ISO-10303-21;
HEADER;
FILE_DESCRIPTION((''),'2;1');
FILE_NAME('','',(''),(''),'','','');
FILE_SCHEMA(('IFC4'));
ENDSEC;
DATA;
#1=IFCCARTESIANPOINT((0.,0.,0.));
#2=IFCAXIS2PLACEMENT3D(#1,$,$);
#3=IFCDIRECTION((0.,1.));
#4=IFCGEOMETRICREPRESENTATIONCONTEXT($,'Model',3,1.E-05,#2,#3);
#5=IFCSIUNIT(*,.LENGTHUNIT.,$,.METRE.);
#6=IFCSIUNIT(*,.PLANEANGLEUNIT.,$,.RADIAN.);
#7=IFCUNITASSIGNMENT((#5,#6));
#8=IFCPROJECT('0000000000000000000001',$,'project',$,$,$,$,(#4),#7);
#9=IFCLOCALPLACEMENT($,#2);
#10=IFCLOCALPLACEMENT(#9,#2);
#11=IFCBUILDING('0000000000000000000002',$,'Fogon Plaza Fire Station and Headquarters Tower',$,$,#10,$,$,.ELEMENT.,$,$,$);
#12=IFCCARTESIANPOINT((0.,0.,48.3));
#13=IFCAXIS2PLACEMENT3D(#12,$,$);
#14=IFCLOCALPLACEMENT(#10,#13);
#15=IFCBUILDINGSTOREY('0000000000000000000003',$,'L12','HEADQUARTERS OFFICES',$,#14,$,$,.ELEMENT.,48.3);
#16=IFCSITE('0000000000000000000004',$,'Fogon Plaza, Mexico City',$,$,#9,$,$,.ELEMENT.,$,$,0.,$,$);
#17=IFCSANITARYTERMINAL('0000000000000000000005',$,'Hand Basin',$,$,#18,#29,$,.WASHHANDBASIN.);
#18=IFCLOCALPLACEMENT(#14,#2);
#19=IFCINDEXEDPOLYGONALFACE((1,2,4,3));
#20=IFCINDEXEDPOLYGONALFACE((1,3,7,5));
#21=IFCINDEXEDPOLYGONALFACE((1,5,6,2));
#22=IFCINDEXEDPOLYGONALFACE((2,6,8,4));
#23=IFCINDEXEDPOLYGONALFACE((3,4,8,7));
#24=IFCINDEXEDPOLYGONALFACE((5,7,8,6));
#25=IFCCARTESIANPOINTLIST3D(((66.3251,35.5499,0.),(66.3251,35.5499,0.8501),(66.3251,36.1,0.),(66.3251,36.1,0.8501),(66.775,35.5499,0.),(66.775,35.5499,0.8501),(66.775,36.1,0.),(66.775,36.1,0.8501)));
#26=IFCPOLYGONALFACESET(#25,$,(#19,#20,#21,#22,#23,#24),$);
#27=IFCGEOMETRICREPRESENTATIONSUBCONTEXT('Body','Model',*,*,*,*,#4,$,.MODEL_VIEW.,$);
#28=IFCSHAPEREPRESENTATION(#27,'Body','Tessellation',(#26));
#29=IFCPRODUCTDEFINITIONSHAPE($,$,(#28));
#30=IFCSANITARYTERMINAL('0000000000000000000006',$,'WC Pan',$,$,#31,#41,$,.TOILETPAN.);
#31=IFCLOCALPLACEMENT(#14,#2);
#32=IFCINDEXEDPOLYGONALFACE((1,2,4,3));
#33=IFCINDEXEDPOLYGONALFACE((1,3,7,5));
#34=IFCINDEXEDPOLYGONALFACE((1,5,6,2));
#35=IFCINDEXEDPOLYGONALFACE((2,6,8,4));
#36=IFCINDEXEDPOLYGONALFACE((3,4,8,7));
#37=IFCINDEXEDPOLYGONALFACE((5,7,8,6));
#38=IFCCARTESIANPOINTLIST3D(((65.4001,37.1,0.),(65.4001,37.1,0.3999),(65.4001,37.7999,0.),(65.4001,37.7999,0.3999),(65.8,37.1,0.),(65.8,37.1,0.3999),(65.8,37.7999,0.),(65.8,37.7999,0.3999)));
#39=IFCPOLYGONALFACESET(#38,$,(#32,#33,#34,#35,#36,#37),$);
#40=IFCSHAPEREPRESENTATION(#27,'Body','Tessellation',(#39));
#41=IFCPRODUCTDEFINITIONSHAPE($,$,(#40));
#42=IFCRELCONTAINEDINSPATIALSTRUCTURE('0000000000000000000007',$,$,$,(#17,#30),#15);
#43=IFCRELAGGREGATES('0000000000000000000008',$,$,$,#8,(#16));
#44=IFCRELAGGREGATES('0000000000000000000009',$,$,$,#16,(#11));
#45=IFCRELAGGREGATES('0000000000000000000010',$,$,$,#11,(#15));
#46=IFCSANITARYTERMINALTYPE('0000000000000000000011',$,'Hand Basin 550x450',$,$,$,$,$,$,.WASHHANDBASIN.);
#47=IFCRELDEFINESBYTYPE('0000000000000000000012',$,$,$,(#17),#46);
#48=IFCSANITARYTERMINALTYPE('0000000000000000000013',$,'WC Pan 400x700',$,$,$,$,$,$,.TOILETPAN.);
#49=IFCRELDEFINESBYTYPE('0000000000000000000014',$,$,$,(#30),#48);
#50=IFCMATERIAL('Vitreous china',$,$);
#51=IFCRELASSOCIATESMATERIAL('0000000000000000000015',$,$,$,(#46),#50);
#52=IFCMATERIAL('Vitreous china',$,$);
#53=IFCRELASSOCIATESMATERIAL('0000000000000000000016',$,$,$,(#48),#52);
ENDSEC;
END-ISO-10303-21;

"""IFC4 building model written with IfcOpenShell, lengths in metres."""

from ifc_helpers import new_model, si_unit, direction, frame, origin, origin_2d, place, context, subcontext, project, spatial, rectangle, extrude, material, type_object, element, save


model = new_model("IFC4")

# Units and contexts
model_context = context("Model", 3, precision=1e-05, world=origin(), true_north=direction((0.0, 1.0)))
body_context = subcontext(model_context, "Body", "Model", "MODEL_VIEW")
ifc_project = project(units=[si_unit("LENGTHUNIT", "METRE"), si_unit("PLANEANGLEUNIT", "RADIAN")], contexts=[model_context])

# Site, building, storey
site_placement = place(None, origin())
site = spatial("IfcSite", under=ifc_project, at=site_placement, Name="Fogon Plaza, Mexico City", CompositionType="ELEMENT", RefElevation=0.0)
building_placement = place(site_placement, origin())
building = spatial("IfcBuilding", under=site, at=building_placement, Name="Fogon Plaza Fire Station and Headquarters Tower", CompositionType="ELEMENT")
storey_placement = place(building_placement, frame((0.0, 0.0, 48.3)))
storey = spatial("IfcBuildingStorey", under=building, at=storey_placement, Name="L12", Description="HEADQUARTERS OFFICES", CompositionType="ELEMENT", Elevation=48.3)

# Sanitary terminals
ifc_material_1 = material(Name="Vitreous china")
sanitary_terminal_type_1 = type_object("IfcSanitaryTerminalType", Name="Hand Basin 550x450", PredefinedType="WASHHANDBASIN", material=ifc_material_1)
for number, where, z_axis, x_axis, name in (
    (1, (66.55, 35.825, 0.0), (0.0, 0.0, 1.0), (1.0, 0.0, 0.0), "Hand Basin"),
):
    element("IfcSanitaryTerminal", number, at=place(storey_placement, frame(where, z_axis=z_axis, x_axis=x_axis)), inside=storey, type_object=sanitary_terminal_type_1, Name=name, PredefinedType="WASHHANDBASIN", context=body_context, shape_type="SweptSolid", body=[
        extrude(rectangle(XDim=0.45, YDim=0.55, at=origin_2d()), origin(), (0.0, 0.0, 1.0), 0.8501),
    ])
ifc_material_2 = material(Name="Vitreous china")
sanitary_terminal_type_2 = type_object("IfcSanitaryTerminalType", Name="WC Pan 400x700", PredefinedType="TOILETPAN", material=ifc_material_2)
sanitary_terminal_1_placement = place(storey_placement, frame((65.6001, 37.45, 0.0), z_axis=(0.0, 0.0, 1.0), x_axis=(1.0, 0.0, 0.0)))
element("IfcSanitaryTerminal", 2, at=sanitary_terminal_1_placement, inside=storey, type_object=sanitary_terminal_type_2, Name="WC Pan", PredefinedType="TOILETPAN", context=body_context, shape_type="SweptSolid", body=[
    extrude(rectangle(XDim=0.3999, YDim=0.7, at=origin_2d()), origin(), (0.0, 0.0, 1.0), 0.3999),
])

save(model, "model.ifc")
